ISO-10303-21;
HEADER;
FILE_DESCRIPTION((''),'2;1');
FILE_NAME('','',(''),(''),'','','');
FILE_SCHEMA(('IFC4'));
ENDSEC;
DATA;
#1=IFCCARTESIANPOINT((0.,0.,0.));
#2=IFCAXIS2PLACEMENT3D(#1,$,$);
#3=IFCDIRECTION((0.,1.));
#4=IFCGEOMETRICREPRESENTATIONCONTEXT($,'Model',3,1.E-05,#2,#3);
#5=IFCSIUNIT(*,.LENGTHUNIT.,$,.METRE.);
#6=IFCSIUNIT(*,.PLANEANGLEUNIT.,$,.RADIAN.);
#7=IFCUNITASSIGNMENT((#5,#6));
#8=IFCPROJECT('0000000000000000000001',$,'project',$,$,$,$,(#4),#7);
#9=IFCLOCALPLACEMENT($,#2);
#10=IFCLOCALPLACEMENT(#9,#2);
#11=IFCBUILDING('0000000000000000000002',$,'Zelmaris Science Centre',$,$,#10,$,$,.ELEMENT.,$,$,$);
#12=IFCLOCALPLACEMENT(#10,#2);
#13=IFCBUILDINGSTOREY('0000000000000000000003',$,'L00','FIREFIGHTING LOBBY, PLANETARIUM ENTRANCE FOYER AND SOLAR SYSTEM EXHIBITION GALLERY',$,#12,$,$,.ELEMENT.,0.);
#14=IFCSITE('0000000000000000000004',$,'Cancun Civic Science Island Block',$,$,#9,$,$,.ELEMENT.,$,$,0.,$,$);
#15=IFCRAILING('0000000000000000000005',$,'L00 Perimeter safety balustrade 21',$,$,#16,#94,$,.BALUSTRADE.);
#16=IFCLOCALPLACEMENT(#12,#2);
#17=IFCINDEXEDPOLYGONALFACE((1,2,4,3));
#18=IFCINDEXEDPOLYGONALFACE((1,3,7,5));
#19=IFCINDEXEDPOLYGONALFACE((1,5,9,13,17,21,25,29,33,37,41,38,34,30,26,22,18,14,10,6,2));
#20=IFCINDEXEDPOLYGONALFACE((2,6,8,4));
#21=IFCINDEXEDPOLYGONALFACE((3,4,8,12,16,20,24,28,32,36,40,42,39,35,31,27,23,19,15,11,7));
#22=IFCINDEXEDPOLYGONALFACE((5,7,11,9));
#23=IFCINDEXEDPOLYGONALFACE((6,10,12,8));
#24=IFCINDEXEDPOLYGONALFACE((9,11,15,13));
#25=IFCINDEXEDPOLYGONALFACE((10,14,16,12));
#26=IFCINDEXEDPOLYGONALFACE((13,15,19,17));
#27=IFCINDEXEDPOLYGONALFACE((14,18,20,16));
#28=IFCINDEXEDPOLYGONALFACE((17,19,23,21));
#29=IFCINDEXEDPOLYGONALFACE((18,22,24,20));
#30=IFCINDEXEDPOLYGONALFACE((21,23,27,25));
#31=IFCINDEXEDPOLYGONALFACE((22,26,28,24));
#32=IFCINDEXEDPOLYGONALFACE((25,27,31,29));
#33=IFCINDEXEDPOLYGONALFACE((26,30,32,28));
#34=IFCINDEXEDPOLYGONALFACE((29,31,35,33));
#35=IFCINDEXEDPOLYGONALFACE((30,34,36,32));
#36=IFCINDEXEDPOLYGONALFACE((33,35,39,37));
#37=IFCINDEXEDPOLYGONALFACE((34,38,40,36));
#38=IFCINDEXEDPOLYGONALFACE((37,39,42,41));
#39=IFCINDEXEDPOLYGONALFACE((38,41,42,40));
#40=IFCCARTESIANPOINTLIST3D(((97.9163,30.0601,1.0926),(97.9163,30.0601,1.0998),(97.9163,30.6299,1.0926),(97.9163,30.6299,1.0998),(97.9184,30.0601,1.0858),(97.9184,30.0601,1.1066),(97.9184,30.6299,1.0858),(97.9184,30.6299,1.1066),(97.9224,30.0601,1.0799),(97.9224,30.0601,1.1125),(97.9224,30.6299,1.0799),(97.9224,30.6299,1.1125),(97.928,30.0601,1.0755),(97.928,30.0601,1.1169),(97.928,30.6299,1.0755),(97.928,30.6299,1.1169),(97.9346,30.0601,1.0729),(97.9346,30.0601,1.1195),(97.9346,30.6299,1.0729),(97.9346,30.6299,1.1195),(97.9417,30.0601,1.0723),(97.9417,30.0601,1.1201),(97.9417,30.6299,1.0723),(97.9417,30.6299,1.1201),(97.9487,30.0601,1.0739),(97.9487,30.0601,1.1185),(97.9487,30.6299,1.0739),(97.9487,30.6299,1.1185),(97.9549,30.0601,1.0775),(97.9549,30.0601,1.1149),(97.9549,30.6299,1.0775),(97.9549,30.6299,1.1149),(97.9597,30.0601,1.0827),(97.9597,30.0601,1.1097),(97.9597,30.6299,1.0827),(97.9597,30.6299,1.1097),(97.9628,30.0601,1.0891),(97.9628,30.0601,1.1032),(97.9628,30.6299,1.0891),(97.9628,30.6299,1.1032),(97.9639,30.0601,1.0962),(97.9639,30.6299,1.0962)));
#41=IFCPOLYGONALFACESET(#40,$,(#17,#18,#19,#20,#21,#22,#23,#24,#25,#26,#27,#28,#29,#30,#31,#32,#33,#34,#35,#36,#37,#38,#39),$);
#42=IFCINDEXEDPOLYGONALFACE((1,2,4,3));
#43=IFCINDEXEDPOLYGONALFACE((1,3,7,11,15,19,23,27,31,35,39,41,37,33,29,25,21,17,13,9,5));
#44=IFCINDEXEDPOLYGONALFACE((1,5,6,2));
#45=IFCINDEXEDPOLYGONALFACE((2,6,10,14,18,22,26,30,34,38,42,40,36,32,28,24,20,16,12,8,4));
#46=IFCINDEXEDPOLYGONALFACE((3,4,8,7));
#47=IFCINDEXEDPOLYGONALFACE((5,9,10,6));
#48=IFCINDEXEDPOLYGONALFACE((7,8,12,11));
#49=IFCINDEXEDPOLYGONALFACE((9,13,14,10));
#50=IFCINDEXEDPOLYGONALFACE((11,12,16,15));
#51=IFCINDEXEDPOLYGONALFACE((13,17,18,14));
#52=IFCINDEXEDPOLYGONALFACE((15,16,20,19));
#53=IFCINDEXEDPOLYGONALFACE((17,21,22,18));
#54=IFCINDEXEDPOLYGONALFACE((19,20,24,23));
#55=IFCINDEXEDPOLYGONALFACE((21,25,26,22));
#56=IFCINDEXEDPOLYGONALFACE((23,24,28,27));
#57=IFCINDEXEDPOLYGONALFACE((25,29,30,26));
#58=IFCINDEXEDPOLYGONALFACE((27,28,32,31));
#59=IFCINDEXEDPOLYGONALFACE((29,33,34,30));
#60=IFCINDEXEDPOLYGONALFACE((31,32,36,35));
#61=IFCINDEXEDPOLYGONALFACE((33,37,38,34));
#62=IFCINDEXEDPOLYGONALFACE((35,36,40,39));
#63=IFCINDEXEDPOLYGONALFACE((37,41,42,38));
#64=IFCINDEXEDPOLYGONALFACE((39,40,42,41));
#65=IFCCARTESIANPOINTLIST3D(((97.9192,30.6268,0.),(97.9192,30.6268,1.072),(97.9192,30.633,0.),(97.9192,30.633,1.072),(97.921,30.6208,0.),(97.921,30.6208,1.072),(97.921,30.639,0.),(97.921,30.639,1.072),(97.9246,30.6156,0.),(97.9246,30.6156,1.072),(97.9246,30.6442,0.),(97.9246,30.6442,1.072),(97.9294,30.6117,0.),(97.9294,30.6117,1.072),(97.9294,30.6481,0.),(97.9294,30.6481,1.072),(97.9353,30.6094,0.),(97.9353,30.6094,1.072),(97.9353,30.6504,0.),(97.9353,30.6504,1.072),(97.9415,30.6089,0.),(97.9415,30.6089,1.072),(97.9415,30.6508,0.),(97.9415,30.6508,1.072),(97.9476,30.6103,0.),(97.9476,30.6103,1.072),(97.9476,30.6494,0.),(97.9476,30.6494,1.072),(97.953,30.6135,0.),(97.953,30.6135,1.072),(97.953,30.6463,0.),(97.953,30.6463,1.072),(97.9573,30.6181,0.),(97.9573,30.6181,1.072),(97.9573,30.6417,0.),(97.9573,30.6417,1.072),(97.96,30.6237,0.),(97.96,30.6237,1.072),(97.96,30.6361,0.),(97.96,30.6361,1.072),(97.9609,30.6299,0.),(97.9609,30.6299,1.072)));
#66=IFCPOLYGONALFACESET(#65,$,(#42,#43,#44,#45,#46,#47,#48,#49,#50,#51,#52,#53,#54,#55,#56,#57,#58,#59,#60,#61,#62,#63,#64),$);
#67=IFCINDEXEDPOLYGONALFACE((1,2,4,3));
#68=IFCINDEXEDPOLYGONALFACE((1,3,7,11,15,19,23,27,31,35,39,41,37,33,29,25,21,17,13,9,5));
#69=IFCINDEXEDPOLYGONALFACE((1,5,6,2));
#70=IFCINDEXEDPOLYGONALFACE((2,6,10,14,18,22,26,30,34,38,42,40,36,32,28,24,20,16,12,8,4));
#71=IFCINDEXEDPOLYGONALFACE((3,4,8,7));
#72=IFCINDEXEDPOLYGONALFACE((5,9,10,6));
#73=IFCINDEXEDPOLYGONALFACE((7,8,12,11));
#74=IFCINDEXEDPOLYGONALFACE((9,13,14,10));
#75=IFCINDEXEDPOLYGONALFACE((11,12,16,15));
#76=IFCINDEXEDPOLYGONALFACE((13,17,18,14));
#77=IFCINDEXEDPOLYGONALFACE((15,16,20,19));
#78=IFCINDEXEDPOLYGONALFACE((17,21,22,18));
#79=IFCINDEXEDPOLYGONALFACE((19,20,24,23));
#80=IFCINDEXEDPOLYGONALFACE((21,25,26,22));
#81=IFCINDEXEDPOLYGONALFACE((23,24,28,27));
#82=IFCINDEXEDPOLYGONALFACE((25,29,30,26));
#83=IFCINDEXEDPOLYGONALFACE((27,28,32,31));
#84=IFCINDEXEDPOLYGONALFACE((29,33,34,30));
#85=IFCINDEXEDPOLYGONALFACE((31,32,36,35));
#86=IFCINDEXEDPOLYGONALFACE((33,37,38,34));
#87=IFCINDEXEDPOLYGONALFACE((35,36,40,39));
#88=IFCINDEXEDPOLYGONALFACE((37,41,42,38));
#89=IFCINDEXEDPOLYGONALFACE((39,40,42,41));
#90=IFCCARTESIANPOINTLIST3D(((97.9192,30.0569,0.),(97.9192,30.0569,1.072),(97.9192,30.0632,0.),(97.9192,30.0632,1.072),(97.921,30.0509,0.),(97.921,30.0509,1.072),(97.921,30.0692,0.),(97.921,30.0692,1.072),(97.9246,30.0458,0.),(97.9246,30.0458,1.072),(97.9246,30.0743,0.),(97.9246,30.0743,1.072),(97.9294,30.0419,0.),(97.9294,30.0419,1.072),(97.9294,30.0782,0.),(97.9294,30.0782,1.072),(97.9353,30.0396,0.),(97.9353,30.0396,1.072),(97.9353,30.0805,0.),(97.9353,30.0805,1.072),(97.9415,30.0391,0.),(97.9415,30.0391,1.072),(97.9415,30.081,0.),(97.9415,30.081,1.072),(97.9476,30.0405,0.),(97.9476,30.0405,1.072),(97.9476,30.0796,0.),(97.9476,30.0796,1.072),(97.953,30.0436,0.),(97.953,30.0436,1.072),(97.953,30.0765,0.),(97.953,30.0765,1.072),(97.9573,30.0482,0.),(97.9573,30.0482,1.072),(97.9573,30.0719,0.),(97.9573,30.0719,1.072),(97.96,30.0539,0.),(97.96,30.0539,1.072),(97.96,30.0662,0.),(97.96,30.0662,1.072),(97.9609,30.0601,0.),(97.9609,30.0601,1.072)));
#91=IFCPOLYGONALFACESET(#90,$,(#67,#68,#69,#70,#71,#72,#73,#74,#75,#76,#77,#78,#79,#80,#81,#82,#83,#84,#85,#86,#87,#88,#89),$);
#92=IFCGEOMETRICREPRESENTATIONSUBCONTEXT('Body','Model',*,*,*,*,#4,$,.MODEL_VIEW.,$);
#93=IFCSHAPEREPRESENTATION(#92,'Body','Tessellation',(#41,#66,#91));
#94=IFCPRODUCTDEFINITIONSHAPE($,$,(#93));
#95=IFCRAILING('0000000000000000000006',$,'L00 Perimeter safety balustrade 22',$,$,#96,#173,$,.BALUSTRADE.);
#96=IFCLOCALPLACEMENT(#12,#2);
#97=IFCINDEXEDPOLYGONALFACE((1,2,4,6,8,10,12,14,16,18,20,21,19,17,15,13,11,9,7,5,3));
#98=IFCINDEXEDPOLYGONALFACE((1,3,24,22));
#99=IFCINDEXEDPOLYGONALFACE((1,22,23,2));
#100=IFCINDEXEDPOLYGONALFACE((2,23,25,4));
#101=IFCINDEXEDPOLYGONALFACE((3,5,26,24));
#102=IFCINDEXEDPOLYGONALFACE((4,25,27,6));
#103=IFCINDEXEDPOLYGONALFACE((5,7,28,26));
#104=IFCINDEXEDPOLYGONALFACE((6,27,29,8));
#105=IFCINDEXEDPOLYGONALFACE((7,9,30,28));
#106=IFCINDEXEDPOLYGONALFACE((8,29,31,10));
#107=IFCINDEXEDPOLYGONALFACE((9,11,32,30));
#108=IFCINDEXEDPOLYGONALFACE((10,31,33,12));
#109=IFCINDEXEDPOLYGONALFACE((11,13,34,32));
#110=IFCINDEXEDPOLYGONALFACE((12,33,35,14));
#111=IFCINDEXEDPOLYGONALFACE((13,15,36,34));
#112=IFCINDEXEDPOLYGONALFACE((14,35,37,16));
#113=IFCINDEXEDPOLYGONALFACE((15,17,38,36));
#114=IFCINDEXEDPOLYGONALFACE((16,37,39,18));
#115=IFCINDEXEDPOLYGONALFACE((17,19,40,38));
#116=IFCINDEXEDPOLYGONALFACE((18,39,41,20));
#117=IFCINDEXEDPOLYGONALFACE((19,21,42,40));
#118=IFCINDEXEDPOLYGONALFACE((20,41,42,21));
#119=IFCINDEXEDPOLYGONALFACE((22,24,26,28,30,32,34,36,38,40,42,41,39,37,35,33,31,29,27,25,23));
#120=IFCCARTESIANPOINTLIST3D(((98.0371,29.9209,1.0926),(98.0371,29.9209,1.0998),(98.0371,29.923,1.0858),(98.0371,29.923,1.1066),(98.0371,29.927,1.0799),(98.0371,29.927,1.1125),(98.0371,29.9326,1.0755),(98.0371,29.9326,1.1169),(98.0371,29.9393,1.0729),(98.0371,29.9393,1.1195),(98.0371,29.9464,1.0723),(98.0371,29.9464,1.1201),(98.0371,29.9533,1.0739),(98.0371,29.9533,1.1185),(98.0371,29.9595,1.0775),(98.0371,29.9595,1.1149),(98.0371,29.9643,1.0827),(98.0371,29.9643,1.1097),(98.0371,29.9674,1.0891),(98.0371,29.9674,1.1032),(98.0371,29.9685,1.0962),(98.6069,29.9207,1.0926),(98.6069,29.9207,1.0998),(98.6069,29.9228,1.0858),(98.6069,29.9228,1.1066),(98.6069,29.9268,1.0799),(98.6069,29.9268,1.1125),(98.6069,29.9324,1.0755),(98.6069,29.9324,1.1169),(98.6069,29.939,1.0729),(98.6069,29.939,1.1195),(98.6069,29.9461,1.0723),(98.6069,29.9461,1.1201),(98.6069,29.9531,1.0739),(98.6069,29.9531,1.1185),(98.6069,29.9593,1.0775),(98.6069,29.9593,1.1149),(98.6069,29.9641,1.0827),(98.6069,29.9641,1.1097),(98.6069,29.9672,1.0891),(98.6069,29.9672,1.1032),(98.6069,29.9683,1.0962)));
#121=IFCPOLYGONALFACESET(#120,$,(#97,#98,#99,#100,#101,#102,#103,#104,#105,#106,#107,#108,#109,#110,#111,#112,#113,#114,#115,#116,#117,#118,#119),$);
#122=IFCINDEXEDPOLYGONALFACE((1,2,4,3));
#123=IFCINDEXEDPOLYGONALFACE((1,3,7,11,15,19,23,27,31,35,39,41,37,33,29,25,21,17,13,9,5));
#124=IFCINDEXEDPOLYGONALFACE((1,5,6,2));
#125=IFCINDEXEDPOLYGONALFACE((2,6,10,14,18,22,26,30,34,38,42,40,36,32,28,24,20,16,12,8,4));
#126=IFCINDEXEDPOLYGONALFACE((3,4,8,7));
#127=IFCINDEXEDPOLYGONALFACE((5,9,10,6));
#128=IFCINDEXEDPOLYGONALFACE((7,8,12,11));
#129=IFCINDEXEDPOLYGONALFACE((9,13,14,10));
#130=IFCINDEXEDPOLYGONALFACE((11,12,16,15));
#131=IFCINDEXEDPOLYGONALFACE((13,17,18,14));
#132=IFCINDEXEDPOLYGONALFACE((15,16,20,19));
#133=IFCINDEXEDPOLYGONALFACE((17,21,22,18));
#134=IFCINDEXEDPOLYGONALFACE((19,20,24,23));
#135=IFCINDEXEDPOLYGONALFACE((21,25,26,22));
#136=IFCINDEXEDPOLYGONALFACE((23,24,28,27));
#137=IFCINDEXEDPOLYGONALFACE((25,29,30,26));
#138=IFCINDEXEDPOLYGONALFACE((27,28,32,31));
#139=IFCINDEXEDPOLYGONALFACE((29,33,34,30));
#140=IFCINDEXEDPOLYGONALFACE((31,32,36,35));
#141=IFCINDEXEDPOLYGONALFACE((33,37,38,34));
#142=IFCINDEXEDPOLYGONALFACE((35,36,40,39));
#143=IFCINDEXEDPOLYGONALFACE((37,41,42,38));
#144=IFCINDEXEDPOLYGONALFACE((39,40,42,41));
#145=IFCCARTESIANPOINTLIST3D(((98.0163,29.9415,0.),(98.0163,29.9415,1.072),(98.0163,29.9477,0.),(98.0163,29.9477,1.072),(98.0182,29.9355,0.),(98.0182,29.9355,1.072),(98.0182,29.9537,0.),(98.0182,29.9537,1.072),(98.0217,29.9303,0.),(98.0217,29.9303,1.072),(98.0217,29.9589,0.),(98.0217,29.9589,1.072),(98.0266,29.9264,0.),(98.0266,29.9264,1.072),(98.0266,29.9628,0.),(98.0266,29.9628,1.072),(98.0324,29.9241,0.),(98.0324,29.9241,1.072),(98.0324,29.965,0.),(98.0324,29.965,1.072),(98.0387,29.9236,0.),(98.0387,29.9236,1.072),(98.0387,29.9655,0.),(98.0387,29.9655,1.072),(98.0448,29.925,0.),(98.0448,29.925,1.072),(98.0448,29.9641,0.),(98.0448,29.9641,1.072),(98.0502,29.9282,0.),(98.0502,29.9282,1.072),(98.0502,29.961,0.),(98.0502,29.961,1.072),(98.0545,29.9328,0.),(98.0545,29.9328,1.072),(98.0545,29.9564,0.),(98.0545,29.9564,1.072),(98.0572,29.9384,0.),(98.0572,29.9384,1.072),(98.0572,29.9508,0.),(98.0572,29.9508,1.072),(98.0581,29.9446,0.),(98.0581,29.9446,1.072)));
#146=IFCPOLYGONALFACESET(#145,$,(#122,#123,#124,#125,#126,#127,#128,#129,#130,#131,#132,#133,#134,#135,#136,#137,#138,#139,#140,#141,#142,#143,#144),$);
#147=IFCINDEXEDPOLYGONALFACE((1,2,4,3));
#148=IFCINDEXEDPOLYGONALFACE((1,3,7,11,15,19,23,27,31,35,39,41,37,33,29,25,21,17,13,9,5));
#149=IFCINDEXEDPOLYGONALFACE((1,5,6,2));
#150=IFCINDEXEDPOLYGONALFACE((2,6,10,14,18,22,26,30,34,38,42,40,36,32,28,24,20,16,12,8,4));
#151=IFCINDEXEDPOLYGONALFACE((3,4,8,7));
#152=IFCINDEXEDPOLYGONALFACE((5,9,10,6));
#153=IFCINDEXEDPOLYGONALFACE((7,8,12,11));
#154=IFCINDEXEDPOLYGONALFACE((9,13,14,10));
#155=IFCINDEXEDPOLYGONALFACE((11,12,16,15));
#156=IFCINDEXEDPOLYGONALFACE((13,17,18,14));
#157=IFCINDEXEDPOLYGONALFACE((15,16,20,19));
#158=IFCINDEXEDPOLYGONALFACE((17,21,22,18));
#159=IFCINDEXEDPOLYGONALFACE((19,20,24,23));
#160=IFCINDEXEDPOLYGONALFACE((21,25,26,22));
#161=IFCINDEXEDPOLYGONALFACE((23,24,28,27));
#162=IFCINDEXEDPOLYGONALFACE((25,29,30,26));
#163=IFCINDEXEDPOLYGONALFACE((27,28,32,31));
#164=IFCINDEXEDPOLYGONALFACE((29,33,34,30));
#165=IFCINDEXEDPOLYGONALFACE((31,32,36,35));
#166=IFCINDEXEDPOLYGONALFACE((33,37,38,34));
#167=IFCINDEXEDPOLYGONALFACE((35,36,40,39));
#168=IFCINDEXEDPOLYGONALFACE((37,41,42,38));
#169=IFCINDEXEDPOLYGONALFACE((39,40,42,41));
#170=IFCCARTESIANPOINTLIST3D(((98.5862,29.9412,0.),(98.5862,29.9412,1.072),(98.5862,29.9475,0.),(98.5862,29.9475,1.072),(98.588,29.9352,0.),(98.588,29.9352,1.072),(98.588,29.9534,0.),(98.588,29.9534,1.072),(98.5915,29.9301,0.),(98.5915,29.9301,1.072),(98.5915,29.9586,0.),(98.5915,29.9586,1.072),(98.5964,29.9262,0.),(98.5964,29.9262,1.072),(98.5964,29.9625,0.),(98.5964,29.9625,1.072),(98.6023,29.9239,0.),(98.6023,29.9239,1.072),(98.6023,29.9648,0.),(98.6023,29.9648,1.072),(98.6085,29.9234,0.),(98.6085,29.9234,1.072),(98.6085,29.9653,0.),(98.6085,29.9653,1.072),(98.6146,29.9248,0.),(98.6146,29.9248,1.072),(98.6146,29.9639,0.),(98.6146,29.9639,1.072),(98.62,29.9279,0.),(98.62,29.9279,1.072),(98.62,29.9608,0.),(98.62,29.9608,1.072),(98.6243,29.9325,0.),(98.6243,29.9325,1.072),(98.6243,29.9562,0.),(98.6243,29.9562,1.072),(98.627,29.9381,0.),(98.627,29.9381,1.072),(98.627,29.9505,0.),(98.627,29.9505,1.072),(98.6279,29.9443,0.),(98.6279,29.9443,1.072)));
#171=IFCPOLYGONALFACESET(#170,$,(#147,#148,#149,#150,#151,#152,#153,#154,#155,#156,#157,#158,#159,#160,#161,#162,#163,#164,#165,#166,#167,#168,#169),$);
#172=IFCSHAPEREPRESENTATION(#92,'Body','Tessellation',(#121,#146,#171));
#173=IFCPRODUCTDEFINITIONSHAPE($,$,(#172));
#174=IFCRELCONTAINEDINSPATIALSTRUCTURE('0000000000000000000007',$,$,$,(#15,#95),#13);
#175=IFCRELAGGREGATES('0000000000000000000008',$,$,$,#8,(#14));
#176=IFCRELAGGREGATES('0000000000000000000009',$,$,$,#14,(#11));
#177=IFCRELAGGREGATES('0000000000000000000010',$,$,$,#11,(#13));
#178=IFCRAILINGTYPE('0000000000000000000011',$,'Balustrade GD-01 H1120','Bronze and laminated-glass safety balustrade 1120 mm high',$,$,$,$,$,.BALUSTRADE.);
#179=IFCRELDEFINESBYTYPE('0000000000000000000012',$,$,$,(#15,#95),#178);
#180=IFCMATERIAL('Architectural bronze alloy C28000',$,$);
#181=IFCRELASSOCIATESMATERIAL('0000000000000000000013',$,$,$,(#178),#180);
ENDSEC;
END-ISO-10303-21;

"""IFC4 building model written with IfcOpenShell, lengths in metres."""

from ifc_helpers import new_model, si_unit, direction, frame, origin, origin_2d, place, context, subcontext, project, spatial, circle, extrude, material, type_object, element, save


model = new_model("IFC4")

# Units and contexts
model_context = context("Model", 3, precision=1e-05, world=origin(), true_north=direction((0.0, 1.0)))
body_context = subcontext(model_context, "Body", "Model", "MODEL_VIEW")
ifc_project = project(units=[si_unit("LENGTHUNIT", "METRE"), si_unit("PLANEANGLEUNIT", "RADIAN")], contexts=[model_context])

# Site, building, storey
site_placement = place(None, origin())
site = spatial("IfcSite", under=ifc_project, at=site_placement, Name="Cancun Civic Science Island Block", CompositionType="ELEMENT", RefElevation=0.0)
building_placement = place(site_placement, origin())
building = spatial("IfcBuilding", under=site, at=building_placement, Name="Zelmaris Science Centre", CompositionType="ELEMENT")
storey_placement = place(building_placement, origin())
storey = spatial("IfcBuildingStorey", under=building, at=storey_placement, Name="L00", Description="FIREFIGHTING LOBBY, PLANETARIUM ENTRANCE FOYER AND SOLAR SYSTEM EXHIBITION GALLERY", CompositionType="ELEMENT", Elevation=0.0)

# Railings
ifc_material_1 = material(Name="Architectural bronze alloy C28000")
railing_type = type_object("IfcRailingType", Name="Balustrade GD-01 H1120", Description="Bronze and laminated-glass safety balustrade 1120 mm high", PredefinedType="BALUSTRADE", material=ifc_material_1)
railing_1_placement = place(storey_placement, frame((97.9399, 30.6299, 0.0)))
element("IfcRailing", 1, at=railing_1_placement, inside=storey, type_object=railing_type, Name="L00 Perimeter safety balustrade 21", PredefinedType="BALUSTRADE", context=body_context, shape_type="SweptSolid", body=[
    extrude(circle(Radius=0.0239, at=origin_2d()), frame((0.0, 0.0, 1.0962), z_axis=(0.0, -1.0, 0.0), x_axis=(1.0, 0.0, 0.0)), (0.0, 0.0, 1.0), 0.5698),
    extrude(circle(Radius=0.021, at=origin_2d()), origin(), (0.0, 0.0, 1.0), 1.072),
    extrude(circle(Radius=0.021, at=origin_2d()), frame((0.0, -0.5698, 0.0)), (0.0, 0.0, 1.0), 1.072),
])
railing_2_placement = place(storey_placement, frame((98.0371, 29.9446, 0.0)))
element("IfcRailing", 2, at=railing_2_placement, inside=storey, type_object=railing_type, Name="L00 Perimeter safety balustrade 22", PredefinedType="BALUSTRADE", context=body_context, shape_type="SweptSolid", body=[
    extrude(circle(Radius=0.0239, at=origin_2d()), frame((0.0, 0.0, 1.0962), z_axis=(1.0, -0.000428, 0.0), x_axis=(0.000428, 1.0, 0.0)), (0.0, 0.0, 1.0), 0.5698),
    extrude(circle(Radius=0.021, at=origin_2d()), origin(), (0.0, 0.0, 1.0), 1.072),
    extrude(circle(Radius=0.021, at=origin_2d()), frame((0.5698, -0.0002, 0.0)), (0.0, 0.0, 1.0), 1.072),
])

save(model, "model.ifc")
